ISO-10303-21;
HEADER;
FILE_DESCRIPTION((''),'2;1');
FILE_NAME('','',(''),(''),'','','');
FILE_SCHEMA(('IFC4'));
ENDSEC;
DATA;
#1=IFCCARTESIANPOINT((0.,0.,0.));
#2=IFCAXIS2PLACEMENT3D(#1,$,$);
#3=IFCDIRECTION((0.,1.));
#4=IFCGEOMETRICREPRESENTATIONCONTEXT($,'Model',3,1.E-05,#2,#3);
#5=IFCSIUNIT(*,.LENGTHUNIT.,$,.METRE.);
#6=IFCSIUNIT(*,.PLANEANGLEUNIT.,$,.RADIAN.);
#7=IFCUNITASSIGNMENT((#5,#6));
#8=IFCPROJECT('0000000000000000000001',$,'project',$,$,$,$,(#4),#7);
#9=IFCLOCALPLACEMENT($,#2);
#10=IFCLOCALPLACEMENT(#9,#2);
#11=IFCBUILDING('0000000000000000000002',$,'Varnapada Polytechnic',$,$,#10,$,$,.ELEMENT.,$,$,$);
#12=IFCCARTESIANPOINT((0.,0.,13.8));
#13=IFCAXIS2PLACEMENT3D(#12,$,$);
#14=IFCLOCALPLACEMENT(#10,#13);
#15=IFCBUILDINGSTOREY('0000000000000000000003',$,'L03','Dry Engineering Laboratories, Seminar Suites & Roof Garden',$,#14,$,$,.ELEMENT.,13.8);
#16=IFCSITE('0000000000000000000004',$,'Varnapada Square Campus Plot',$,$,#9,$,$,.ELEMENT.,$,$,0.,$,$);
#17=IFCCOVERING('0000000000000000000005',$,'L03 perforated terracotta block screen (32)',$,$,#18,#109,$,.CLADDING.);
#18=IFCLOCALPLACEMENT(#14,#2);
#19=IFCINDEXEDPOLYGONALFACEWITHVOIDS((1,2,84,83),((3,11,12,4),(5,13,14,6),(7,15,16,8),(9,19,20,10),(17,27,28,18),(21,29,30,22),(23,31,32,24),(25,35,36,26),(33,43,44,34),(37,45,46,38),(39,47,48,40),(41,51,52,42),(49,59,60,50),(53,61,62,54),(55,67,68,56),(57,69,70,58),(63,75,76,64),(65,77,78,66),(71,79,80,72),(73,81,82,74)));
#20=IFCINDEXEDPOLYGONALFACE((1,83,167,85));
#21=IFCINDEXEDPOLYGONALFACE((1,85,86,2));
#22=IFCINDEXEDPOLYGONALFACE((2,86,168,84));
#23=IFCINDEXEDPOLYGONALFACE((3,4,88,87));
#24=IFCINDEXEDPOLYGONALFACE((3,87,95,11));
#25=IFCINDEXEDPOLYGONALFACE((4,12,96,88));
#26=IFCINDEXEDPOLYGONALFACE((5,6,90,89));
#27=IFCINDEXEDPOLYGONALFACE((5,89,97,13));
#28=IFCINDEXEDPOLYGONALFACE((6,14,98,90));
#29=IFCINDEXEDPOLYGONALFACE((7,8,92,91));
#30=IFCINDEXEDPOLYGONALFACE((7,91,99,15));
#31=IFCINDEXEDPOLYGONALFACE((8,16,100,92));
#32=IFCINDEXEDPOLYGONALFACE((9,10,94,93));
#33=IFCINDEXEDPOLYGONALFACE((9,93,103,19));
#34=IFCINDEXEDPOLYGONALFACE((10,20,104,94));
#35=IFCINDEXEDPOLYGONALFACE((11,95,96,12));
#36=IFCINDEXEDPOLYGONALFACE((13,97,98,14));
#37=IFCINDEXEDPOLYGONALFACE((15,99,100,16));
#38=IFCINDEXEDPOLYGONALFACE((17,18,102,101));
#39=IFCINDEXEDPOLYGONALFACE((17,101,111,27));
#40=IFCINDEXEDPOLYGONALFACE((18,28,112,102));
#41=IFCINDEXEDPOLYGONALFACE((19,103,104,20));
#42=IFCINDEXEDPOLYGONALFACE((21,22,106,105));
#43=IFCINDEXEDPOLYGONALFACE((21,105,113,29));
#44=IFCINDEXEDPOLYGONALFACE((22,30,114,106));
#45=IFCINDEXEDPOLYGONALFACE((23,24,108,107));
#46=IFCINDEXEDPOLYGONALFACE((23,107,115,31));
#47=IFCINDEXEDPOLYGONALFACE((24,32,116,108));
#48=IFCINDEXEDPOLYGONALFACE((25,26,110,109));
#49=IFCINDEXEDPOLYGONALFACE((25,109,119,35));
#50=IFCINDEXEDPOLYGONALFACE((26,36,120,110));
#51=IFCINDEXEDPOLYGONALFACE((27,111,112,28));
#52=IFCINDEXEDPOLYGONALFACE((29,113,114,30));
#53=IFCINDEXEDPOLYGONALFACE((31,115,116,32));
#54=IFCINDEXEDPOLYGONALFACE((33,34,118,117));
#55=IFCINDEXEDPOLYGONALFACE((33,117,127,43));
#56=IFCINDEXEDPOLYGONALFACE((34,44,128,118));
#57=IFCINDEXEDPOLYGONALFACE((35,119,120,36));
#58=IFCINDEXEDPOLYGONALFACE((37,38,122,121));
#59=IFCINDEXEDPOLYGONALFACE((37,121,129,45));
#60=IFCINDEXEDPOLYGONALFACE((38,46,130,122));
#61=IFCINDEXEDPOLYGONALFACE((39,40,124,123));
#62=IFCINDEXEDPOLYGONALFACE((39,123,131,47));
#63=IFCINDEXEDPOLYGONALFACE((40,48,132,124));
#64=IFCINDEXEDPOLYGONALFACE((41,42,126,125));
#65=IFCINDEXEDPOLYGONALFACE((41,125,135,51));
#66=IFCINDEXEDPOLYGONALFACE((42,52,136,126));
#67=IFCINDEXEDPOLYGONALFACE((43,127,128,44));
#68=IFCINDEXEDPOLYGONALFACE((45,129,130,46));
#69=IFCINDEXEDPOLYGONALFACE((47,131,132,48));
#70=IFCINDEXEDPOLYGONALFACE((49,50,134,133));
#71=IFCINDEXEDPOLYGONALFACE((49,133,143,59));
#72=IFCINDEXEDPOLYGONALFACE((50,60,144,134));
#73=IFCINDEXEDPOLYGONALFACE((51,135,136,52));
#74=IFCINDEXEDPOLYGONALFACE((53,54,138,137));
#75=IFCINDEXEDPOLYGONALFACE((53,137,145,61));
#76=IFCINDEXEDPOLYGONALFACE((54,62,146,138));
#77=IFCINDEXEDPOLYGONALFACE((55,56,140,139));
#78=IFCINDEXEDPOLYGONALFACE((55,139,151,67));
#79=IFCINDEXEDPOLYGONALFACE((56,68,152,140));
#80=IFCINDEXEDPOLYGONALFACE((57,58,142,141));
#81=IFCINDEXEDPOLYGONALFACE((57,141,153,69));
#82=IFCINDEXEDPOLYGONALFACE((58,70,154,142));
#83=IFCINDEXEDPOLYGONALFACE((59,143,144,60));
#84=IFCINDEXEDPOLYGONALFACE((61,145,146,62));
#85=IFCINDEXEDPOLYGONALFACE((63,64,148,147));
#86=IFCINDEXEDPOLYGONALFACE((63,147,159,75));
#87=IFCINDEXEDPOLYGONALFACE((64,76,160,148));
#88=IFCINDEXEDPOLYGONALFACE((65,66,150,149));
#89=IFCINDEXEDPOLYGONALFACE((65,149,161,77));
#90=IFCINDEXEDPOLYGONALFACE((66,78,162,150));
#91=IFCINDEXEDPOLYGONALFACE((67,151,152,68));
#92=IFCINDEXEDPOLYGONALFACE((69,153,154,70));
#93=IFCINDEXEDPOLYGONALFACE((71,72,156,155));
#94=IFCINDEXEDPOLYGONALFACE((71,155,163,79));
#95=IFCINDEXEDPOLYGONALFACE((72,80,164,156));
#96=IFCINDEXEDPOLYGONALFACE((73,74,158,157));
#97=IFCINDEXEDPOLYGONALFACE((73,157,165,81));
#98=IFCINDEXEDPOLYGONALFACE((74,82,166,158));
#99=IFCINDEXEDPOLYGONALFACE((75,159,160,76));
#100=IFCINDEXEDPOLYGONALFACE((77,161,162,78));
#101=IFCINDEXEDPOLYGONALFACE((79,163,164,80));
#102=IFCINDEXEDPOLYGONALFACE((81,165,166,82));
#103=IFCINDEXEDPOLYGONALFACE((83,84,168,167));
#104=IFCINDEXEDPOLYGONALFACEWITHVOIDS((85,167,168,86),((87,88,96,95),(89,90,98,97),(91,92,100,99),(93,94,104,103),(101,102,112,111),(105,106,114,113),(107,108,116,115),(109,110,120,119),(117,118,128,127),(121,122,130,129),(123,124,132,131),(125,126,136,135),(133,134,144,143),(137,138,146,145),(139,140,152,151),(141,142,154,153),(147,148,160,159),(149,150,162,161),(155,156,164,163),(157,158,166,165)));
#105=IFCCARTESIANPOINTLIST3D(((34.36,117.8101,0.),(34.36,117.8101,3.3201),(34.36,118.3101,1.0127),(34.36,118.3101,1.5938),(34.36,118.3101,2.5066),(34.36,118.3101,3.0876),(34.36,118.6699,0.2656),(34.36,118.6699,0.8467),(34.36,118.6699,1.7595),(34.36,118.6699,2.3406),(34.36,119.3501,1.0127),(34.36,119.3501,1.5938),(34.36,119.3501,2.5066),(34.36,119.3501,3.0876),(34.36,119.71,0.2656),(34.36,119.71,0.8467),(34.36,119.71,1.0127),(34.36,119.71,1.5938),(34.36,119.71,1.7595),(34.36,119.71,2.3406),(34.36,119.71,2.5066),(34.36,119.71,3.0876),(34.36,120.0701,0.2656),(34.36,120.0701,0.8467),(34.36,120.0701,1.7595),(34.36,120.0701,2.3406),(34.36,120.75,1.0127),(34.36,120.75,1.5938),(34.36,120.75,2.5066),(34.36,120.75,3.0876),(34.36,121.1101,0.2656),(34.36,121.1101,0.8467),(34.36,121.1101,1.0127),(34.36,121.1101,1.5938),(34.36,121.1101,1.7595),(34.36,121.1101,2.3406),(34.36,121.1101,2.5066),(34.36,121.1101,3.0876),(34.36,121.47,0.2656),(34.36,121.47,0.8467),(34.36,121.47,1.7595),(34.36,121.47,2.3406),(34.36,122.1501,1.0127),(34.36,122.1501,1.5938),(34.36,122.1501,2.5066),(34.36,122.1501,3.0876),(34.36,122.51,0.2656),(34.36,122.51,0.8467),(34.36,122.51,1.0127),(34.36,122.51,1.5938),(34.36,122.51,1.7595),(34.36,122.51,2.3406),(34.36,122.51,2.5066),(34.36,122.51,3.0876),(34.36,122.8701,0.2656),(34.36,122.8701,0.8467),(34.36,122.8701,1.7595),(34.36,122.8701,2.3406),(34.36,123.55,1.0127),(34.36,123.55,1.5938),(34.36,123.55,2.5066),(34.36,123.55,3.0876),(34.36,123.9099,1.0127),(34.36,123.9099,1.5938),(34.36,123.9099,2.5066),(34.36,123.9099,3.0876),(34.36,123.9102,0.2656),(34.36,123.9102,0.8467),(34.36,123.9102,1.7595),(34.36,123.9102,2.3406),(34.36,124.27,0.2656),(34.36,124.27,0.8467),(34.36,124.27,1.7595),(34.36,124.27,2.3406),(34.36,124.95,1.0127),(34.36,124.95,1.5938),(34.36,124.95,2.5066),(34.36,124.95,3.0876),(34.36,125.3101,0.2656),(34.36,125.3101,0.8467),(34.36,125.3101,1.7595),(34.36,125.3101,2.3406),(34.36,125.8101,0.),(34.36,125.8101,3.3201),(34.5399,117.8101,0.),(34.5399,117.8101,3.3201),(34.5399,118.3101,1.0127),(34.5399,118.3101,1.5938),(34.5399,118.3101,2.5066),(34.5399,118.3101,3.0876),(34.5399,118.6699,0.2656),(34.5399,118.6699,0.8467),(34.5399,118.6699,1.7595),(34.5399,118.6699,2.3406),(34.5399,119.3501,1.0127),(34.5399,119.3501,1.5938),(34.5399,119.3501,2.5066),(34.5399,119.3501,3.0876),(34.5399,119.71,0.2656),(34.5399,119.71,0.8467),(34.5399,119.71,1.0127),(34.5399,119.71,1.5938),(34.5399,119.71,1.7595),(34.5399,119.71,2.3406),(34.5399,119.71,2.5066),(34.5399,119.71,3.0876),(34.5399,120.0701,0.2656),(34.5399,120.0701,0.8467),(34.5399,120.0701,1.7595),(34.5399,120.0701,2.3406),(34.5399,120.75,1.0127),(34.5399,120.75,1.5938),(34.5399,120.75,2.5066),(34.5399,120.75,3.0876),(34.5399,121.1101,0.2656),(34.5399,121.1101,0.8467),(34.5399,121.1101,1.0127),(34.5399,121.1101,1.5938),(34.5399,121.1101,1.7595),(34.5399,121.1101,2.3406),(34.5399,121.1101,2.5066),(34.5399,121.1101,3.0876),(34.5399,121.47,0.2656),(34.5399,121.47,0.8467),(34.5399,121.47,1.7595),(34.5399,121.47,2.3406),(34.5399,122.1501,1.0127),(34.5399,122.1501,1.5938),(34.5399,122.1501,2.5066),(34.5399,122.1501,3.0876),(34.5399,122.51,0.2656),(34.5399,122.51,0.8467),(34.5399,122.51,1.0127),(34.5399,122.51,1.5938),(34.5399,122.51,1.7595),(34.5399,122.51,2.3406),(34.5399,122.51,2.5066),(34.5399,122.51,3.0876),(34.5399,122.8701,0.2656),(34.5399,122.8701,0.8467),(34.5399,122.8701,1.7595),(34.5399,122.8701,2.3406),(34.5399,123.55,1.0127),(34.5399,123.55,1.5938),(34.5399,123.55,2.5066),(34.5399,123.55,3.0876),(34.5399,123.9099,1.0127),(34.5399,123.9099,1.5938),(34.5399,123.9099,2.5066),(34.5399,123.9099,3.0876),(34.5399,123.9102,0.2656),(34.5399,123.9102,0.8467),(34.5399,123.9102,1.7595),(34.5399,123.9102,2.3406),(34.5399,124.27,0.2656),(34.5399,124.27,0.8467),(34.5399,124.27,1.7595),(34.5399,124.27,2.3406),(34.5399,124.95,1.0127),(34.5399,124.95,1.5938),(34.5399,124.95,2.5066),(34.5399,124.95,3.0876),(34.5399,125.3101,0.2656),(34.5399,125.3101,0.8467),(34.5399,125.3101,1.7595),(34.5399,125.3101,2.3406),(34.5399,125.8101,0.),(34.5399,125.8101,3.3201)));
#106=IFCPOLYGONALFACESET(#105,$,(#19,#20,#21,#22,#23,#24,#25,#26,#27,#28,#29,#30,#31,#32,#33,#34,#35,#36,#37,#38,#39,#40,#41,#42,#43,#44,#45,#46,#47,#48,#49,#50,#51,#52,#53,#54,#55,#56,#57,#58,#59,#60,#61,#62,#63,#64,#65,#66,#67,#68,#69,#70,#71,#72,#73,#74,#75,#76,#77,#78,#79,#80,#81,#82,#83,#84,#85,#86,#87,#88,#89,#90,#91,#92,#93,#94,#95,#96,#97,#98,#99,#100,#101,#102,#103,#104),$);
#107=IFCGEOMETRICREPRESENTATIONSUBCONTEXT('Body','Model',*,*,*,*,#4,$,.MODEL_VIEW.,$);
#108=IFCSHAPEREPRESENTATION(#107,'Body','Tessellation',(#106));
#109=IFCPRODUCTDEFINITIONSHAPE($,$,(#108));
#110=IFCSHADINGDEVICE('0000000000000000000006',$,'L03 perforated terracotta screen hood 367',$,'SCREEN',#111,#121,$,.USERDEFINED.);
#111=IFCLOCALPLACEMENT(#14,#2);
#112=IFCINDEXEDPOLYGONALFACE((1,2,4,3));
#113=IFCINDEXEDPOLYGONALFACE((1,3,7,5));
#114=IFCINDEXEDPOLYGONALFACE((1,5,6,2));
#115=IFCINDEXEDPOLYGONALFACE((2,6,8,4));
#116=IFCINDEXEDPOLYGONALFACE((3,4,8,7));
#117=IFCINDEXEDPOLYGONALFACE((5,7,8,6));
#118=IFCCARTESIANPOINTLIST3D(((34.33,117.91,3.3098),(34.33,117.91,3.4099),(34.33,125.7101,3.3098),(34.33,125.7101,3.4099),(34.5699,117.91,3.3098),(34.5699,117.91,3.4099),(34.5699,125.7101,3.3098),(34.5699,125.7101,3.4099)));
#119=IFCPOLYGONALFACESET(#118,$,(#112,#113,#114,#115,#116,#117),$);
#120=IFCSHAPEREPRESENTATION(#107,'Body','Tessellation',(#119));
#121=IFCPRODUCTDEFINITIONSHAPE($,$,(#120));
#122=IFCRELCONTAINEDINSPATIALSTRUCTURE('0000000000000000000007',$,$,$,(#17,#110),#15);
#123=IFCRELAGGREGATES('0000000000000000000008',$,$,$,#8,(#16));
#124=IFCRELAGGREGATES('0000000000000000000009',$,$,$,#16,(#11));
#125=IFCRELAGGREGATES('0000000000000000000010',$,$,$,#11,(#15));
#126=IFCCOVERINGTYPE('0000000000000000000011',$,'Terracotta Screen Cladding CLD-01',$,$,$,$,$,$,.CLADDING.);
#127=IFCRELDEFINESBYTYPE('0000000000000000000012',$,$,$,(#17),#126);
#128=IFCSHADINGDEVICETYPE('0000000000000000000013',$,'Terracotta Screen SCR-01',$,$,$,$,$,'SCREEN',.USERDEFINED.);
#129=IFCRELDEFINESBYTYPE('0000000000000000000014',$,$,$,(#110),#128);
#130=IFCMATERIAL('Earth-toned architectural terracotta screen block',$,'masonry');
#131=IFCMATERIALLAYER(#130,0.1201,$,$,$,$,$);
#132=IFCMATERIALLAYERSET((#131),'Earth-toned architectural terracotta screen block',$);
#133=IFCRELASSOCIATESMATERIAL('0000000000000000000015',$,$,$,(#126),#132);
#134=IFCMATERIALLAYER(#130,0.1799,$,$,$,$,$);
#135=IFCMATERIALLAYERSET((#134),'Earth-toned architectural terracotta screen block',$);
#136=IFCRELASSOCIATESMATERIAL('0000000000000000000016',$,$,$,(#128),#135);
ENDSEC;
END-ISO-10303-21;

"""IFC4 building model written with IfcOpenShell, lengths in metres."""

from ifc_helpers import new_model, si_unit, direction, frame, frame_2d, origin, origin_2d, place, context, subcontext, project, spatial, rectangle, extrude, material, layer, layer_set, type_object, element, save


model = new_model("IFC4")

# Units and contexts
model_context = context("Model", 3, precision=1e-05, world=origin(), true_north=direction((0.0, 1.0)))
body_context = subcontext(model_context, "Body", "Model", "MODEL_VIEW")
ifc_project = project(units=[si_unit("LENGTHUNIT", "METRE"), si_unit("PLANEANGLEUNIT", "RADIAN")], contexts=[model_context])

# Site, building, storey
site_placement = place(None, origin())
site = spatial("IfcSite", under=ifc_project, at=site_placement, Name="Varnapada Square Campus Plot", CompositionType="ELEMENT", RefElevation=0.0)
building_placement = place(site_placement, origin())
building = spatial("IfcBuilding", under=site, at=building_placement, Name="Varnapada Polytechnic", CompositionType="ELEMENT")
storey_placement = place(building_placement, frame((0.0, 0.0, 13.8)))
storey = spatial("IfcBuildingStorey", under=building, at=storey_placement, Name="L03", Description="Dry Engineering Laboratories, Seminar Suites & Roof Garden", CompositionType="ELEMENT", Elevation=13.8)

# Covering, openings
ifc_material = material(Name="Earth-toned architectural terracotta screen block", Category="masonry")
ifc_layer_1 = layer(ifc_material, 0.1201)
ifc_layer_set_1 = layer_set([ifc_layer_1], Name="Earth-toned architectural terracotta screen block")
covering_type = type_object("IfcCoveringType", Name="Terracotta Screen Cladding CLD-01", PredefinedType="CLADDING", material=ifc_layer_set_1)
covering_placement = place(storey_placement, frame((34.45, 125.8101, 0.0), z_axis=(0.0, 0.0, 1.0), x_axis=(0.0, -1.0, 0.0)))
covering = element("IfcCovering", 1, at=covering_placement, inside=storey, type_object=covering_type, Name="L03 perforated terracotta block screen (32)", PredefinedType="CLADDING", context=body_context, shape_type="SweptSolid", body=[
    extrude(rectangle(XDim=8.0, YDim=0.1799, at=frame_2d((4.0, 0.0))), origin(), (0.0, 0.0, 1.0), 3.3201),
])
opening_1_placement = place(covering_placement, frame((0.5, 0.0, 0.2656)))
element("IfcOpeningElement", 2, at=opening_1_placement, cuts=covering, PredefinedType="OPENING", context=body_context, shape_type="SweptSolid", body=[
    extrude(rectangle(XDim=1.04, YDim=0.5811, at=frame_2d((0.52, 0.2905))), frame((0.0, 0.0999, 0.0), z_axis=(0.0, -1.0, 0.0), x_axis=(1.0, 0.0, 0.0)), (0.0, 0.0, 1.0), 0.2),
])
opening_2_placement = place(covering_placement, frame((1.8999, 0.0, 0.2656)))
element("IfcOpeningElement", 3, at=opening_2_placement, cuts=covering, PredefinedType="OPENING", context=body_context, shape_type="SweptSolid", body=[
    extrude(rectangle(XDim=1.04, YDim=0.5811, at=frame_2d((0.52, 0.2905))), frame((0.0, 0.0999, 0.0), z_axis=(0.0, -1.0, 0.0), x_axis=(1.0, 0.0, 0.0)), (0.0, 0.0, 1.0), 0.2),
])
opening_3_placement = place(covering_placement, frame((3.3, 0.0, 0.2656)))
element("IfcOpeningElement", 4, at=opening_3_placement, cuts=covering, PredefinedType="OPENING", context=body_context, shape_type="SweptSolid", body=[
    extrude(rectangle(XDim=1.04, YDim=0.5811, at=frame_2d((0.52, 0.2905))), frame((0.0, 0.0999, 0.0), z_axis=(0.0, -1.0, 0.0), x_axis=(1.0, 0.0, 0.0)), (0.0, 0.0, 1.0), 0.2),
])
opening_4_placement = place(covering_placement, frame((4.7, 0.0, 0.2656)))
element("IfcOpeningElement", 5, at=opening_4_placement, cuts=covering, PredefinedType="OPENING", context=body_context, shape_type="SweptSolid", body=[
    extrude(rectangle(XDim=1.04, YDim=0.5811, at=frame_2d((0.52, 0.2905))), frame((0.0, 0.0999, 0.0), z_axis=(0.0, -1.0, 0.0), x_axis=(1.0, 0.0, 0.0)), (0.0, 0.0, 1.0), 0.2),
])
opening_5_placement = place(covering_placement, frame((6.1001, 0.0, 0.2656)))
element("IfcOpeningElement", 6, at=opening_5_placement, cuts=covering, PredefinedType="OPENING", context=body_context, shape_type="SweptSolid", body=[
    extrude(rectangle(XDim=1.04, YDim=0.5811, at=frame_2d((0.52, 0.2905))), frame((0.0, 0.0999, 0.0), z_axis=(0.0, -1.0, 0.0), x_axis=(1.0, 0.0, 0.0)), (0.0, 0.0, 1.0), 0.2),
])
opening_6_placement = place(covering_placement, frame((0.8601, 0.0, 1.0127)))
element("IfcOpeningElement", 7, at=opening_6_placement, cuts=covering, PredefinedType="OPENING", context=body_context, shape_type="SweptSolid", body=[
    extrude(rectangle(XDim=1.04, YDim=0.5811, at=frame_2d((0.52, 0.2905))), frame((0.0, 0.0999, 0.0), z_axis=(0.0, -1.0, 0.0), x_axis=(1.0, 0.0, 0.0)), (0.0, 0.0, 1.0), 0.2),
])
opening_7_placement = place(covering_placement, frame((2.26, 0.0, 1.0127)))
element("IfcOpeningElement", 8, at=opening_7_placement, cuts=covering, PredefinedType="OPENING", context=body_context, shape_type="SweptSolid", body=[
    extrude(rectangle(XDim=1.04, YDim=0.5811, at=frame_2d((0.52, 0.2905))), frame((0.0, 0.0999, 0.0), z_axis=(0.0, -1.0, 0.0), x_axis=(1.0, 0.0, 0.0)), (0.0, 0.0, 1.0), 0.2),
])
opening_8_placement = place(covering_placement, frame((3.6599, 0.0, 1.0127)))
element("IfcOpeningElement", 9, at=opening_8_placement, cuts=covering, PredefinedType="OPENING", context=body_context, shape_type="SweptSolid", body=[
    extrude(rectangle(XDim=1.04, YDim=0.5811, at=frame_2d((0.52, 0.2905))), frame((0.0, 0.0999, 0.0), z_axis=(0.0, -1.0, 0.0), x_axis=(1.0, 0.0, 0.0)), (0.0, 0.0, 1.0), 0.2),
])
opening_9_placement = place(covering_placement, frame((5.0601, 0.0, 1.0127)))
element("IfcOpeningElement", 10, at=opening_9_placement, cuts=covering, PredefinedType="OPENING", context=body_context, shape_type="SweptSolid", body=[
    extrude(rectangle(XDim=1.04, YDim=0.5811, at=frame_2d((0.52, 0.2905))), frame((0.0, 0.0999, 0.0), z_axis=(0.0, -1.0, 0.0), x_axis=(1.0, 0.0, 0.0)), (0.0, 0.0, 1.0), 0.2),
])
opening_10_placement = place(covering_placement, frame((6.46, 0.0, 1.0127)))
element("IfcOpeningElement", 11, at=opening_10_placement, cuts=covering, PredefinedType="OPENING", context=body_context, shape_type="SweptSolid", body=[
    extrude(rectangle(XDim=1.04, YDim=0.5811, at=frame_2d((0.52, 0.2905))), frame((0.0, 0.0999, 0.0), z_axis=(0.0, -1.0, 0.0), x_axis=(1.0, 0.0, 0.0)), (0.0, 0.0, 1.0), 0.2),
])
opening_11_placement = place(covering_placement, frame((0.5, 0.0, 1.7595)))
element("IfcOpeningElement", 12, at=opening_11_placement, cuts=covering, PredefinedType="OPENING", context=body_context, shape_type="SweptSolid", body=[
    extrude(rectangle(XDim=1.04, YDim=0.5811, at=frame_2d((0.52, 0.2905))), frame((0.0, 0.0999, 0.0), z_axis=(0.0, -1.0, 0.0), x_axis=(1.0, 0.0, 0.0)), (0.0, 0.0, 1.0), 0.2),
])
opening_12_placement = place(covering_placement, frame((1.8999, 0.0, 1.7595)))
element("IfcOpeningElement", 13, at=opening_12_placement, cuts=covering, PredefinedType="OPENING", context=body_context, shape_type="SweptSolid", body=[
    extrude(rectangle(XDim=1.04, YDim=0.5811, at=frame_2d((0.52, 0.2905))), frame((0.0, 0.0999, 0.0), z_axis=(0.0, -1.0, 0.0), x_axis=(1.0, 0.0, 0.0)), (0.0, 0.0, 1.0), 0.2),
])
opening_13_placement = place(covering_placement, frame((3.3, 0.0, 1.7595)))
element("IfcOpeningElement", 14, at=opening_13_placement, cuts=covering, PredefinedType="OPENING", context=body_context, shape_type="SweptSolid", body=[
    extrude(rectangle(XDim=1.04, YDim=0.5811, at=frame_2d((0.52, 0.2905))), frame((0.0, 0.0999, 0.0), z_axis=(0.0, -1.0, 0.0), x_axis=(1.0, 0.0, 0.0)), (0.0, 0.0, 1.0), 0.2),
])
opening_14_placement = place(covering_placement, frame((4.7, 0.0, 1.7595)))
element("IfcOpeningElement", 15, at=opening_14_placement, cuts=covering, PredefinedType="OPENING", context=body_context, shape_type="SweptSolid", body=[
    extrude(rectangle(XDim=1.04, YDim=0.5811, at=frame_2d((0.52, 0.2905))), frame((0.0, 0.0999, 0.0), z_axis=(0.0, -1.0, 0.0), x_axis=(1.0, 0.0, 0.0)), (0.0, 0.0, 1.0), 0.2),
])
opening_15_placement = place(covering_placement, frame((6.1001, 0.0, 1.7595)))
element("IfcOpeningElement", 16, at=opening_15_placement, cuts=covering, PredefinedType="OPENING", context=body_context, shape_type="SweptSolid", body=[
    extrude(rectangle(XDim=1.04, YDim=0.5811, at=frame_2d((0.52, 0.2905))), frame((0.0, 0.0999, 0.0), z_axis=(0.0, -1.0, 0.0), x_axis=(1.0, 0.0, 0.0)), (0.0, 0.0, 1.0), 0.2),
])
opening_16_placement = place(covering_placement, frame((0.8601, 0.0, 2.5066)))
element("IfcOpeningElement", 17, at=opening_16_placement, cuts=covering, PredefinedType="OPENING", context=body_context, shape_type="SweptSolid", body=[
    extrude(rectangle(XDim=1.04, YDim=0.5811, at=frame_2d((0.52, 0.2905))), frame((0.0, 0.0999, 0.0), z_axis=(0.0, -1.0, 0.0), x_axis=(1.0, 0.0, 0.0)), (0.0, 0.0, 1.0), 0.2),
])
opening_17_placement = place(covering_placement, frame((2.26, 0.0, 2.5066)))
element("IfcOpeningElement", 18, at=opening_17_placement, cuts=covering, PredefinedType="OPENING", context=body_context, shape_type="SweptSolid", body=[
    extrude(rectangle(XDim=1.04, YDim=0.5811, at=frame_2d((0.52, 0.2905))), frame((0.0, 0.0999, 0.0), z_axis=(0.0, -1.0, 0.0), x_axis=(1.0, 0.0, 0.0)), (0.0, 0.0, 1.0), 0.2),
])
opening_18_placement = place(covering_placement, frame((3.6599, 0.0, 2.5066)))
element("IfcOpeningElement", 19, at=opening_18_placement, cuts=covering, PredefinedType="OPENING", context=body_context, shape_type="SweptSolid", body=[
    extrude(rectangle(XDim=1.04, YDim=0.5811, at=frame_2d((0.52, 0.2905))), frame((0.0, 0.0999, 0.0), z_axis=(0.0, -1.0, 0.0), x_axis=(1.0, 0.0, 0.0)), (0.0, 0.0, 1.0), 0.2),
])
opening_19_placement = place(covering_placement, frame((5.0601, 0.0, 2.5066)))
element("IfcOpeningElement", 20, at=opening_19_placement, cuts=covering, PredefinedType="OPENING", context=body_context, shape_type="SweptSolid", body=[
    extrude(rectangle(XDim=1.04, YDim=0.5811, at=frame_2d((0.52, 0.2905))), frame((0.0, 0.0999, 0.0), z_axis=(0.0, -1.0, 0.0), x_axis=(1.0, 0.0, 0.0)), (0.0, 0.0, 1.0), 0.2),
])
opening_20_placement = place(covering_placement, frame((6.46, 0.0, 2.5066)))
element("IfcOpeningElement", 21, at=opening_20_placement, cuts=covering, PredefinedType="OPENING", context=body_context, shape_type="SweptSolid", body=[
    extrude(rectangle(XDim=1.04, YDim=0.5811, at=frame_2d((0.52, 0.2905))), frame((0.0, 0.0999, 0.0), z_axis=(0.0, -1.0, 0.0), x_axis=(1.0, 0.0, 0.0)), (0.0, 0.0, 1.0), 0.2),
])

# Shading device
ifc_layer_2 = layer(ifc_material, 0.1799)
ifc_layer_set_2 = layer_set([ifc_layer_2], Name="Earth-toned architectural terracotta screen block")
shading_device_type = type_object("IfcShadingDeviceType", Name="Terracotta Screen SCR-01", ElementType="SCREEN", PredefinedType="USERDEFINED", material=ifc_layer_set_2)
shading_device_placement = place(storey_placement, frame((34.45, 121.8101, 3.3098), z_axis=(0.0, 0.0, 1.0), x_axis=(0.0, -1.0, 0.0)))
element("IfcShadingDevice", 22, at=shading_device_placement, inside=storey, type_object=shading_device_type, Name="L03 perforated terracotta screen hood 367", ObjectType="SCREEN", PredefinedType="USERDEFINED", context=body_context, shape_type="SweptSolid", body=[
    extrude(rectangle(XDim=7.8, YDim=0.24, at=origin_2d()), origin(), (0.0, 0.0, 1.0), 0.1001),
])

save(model, "model.ifc")
